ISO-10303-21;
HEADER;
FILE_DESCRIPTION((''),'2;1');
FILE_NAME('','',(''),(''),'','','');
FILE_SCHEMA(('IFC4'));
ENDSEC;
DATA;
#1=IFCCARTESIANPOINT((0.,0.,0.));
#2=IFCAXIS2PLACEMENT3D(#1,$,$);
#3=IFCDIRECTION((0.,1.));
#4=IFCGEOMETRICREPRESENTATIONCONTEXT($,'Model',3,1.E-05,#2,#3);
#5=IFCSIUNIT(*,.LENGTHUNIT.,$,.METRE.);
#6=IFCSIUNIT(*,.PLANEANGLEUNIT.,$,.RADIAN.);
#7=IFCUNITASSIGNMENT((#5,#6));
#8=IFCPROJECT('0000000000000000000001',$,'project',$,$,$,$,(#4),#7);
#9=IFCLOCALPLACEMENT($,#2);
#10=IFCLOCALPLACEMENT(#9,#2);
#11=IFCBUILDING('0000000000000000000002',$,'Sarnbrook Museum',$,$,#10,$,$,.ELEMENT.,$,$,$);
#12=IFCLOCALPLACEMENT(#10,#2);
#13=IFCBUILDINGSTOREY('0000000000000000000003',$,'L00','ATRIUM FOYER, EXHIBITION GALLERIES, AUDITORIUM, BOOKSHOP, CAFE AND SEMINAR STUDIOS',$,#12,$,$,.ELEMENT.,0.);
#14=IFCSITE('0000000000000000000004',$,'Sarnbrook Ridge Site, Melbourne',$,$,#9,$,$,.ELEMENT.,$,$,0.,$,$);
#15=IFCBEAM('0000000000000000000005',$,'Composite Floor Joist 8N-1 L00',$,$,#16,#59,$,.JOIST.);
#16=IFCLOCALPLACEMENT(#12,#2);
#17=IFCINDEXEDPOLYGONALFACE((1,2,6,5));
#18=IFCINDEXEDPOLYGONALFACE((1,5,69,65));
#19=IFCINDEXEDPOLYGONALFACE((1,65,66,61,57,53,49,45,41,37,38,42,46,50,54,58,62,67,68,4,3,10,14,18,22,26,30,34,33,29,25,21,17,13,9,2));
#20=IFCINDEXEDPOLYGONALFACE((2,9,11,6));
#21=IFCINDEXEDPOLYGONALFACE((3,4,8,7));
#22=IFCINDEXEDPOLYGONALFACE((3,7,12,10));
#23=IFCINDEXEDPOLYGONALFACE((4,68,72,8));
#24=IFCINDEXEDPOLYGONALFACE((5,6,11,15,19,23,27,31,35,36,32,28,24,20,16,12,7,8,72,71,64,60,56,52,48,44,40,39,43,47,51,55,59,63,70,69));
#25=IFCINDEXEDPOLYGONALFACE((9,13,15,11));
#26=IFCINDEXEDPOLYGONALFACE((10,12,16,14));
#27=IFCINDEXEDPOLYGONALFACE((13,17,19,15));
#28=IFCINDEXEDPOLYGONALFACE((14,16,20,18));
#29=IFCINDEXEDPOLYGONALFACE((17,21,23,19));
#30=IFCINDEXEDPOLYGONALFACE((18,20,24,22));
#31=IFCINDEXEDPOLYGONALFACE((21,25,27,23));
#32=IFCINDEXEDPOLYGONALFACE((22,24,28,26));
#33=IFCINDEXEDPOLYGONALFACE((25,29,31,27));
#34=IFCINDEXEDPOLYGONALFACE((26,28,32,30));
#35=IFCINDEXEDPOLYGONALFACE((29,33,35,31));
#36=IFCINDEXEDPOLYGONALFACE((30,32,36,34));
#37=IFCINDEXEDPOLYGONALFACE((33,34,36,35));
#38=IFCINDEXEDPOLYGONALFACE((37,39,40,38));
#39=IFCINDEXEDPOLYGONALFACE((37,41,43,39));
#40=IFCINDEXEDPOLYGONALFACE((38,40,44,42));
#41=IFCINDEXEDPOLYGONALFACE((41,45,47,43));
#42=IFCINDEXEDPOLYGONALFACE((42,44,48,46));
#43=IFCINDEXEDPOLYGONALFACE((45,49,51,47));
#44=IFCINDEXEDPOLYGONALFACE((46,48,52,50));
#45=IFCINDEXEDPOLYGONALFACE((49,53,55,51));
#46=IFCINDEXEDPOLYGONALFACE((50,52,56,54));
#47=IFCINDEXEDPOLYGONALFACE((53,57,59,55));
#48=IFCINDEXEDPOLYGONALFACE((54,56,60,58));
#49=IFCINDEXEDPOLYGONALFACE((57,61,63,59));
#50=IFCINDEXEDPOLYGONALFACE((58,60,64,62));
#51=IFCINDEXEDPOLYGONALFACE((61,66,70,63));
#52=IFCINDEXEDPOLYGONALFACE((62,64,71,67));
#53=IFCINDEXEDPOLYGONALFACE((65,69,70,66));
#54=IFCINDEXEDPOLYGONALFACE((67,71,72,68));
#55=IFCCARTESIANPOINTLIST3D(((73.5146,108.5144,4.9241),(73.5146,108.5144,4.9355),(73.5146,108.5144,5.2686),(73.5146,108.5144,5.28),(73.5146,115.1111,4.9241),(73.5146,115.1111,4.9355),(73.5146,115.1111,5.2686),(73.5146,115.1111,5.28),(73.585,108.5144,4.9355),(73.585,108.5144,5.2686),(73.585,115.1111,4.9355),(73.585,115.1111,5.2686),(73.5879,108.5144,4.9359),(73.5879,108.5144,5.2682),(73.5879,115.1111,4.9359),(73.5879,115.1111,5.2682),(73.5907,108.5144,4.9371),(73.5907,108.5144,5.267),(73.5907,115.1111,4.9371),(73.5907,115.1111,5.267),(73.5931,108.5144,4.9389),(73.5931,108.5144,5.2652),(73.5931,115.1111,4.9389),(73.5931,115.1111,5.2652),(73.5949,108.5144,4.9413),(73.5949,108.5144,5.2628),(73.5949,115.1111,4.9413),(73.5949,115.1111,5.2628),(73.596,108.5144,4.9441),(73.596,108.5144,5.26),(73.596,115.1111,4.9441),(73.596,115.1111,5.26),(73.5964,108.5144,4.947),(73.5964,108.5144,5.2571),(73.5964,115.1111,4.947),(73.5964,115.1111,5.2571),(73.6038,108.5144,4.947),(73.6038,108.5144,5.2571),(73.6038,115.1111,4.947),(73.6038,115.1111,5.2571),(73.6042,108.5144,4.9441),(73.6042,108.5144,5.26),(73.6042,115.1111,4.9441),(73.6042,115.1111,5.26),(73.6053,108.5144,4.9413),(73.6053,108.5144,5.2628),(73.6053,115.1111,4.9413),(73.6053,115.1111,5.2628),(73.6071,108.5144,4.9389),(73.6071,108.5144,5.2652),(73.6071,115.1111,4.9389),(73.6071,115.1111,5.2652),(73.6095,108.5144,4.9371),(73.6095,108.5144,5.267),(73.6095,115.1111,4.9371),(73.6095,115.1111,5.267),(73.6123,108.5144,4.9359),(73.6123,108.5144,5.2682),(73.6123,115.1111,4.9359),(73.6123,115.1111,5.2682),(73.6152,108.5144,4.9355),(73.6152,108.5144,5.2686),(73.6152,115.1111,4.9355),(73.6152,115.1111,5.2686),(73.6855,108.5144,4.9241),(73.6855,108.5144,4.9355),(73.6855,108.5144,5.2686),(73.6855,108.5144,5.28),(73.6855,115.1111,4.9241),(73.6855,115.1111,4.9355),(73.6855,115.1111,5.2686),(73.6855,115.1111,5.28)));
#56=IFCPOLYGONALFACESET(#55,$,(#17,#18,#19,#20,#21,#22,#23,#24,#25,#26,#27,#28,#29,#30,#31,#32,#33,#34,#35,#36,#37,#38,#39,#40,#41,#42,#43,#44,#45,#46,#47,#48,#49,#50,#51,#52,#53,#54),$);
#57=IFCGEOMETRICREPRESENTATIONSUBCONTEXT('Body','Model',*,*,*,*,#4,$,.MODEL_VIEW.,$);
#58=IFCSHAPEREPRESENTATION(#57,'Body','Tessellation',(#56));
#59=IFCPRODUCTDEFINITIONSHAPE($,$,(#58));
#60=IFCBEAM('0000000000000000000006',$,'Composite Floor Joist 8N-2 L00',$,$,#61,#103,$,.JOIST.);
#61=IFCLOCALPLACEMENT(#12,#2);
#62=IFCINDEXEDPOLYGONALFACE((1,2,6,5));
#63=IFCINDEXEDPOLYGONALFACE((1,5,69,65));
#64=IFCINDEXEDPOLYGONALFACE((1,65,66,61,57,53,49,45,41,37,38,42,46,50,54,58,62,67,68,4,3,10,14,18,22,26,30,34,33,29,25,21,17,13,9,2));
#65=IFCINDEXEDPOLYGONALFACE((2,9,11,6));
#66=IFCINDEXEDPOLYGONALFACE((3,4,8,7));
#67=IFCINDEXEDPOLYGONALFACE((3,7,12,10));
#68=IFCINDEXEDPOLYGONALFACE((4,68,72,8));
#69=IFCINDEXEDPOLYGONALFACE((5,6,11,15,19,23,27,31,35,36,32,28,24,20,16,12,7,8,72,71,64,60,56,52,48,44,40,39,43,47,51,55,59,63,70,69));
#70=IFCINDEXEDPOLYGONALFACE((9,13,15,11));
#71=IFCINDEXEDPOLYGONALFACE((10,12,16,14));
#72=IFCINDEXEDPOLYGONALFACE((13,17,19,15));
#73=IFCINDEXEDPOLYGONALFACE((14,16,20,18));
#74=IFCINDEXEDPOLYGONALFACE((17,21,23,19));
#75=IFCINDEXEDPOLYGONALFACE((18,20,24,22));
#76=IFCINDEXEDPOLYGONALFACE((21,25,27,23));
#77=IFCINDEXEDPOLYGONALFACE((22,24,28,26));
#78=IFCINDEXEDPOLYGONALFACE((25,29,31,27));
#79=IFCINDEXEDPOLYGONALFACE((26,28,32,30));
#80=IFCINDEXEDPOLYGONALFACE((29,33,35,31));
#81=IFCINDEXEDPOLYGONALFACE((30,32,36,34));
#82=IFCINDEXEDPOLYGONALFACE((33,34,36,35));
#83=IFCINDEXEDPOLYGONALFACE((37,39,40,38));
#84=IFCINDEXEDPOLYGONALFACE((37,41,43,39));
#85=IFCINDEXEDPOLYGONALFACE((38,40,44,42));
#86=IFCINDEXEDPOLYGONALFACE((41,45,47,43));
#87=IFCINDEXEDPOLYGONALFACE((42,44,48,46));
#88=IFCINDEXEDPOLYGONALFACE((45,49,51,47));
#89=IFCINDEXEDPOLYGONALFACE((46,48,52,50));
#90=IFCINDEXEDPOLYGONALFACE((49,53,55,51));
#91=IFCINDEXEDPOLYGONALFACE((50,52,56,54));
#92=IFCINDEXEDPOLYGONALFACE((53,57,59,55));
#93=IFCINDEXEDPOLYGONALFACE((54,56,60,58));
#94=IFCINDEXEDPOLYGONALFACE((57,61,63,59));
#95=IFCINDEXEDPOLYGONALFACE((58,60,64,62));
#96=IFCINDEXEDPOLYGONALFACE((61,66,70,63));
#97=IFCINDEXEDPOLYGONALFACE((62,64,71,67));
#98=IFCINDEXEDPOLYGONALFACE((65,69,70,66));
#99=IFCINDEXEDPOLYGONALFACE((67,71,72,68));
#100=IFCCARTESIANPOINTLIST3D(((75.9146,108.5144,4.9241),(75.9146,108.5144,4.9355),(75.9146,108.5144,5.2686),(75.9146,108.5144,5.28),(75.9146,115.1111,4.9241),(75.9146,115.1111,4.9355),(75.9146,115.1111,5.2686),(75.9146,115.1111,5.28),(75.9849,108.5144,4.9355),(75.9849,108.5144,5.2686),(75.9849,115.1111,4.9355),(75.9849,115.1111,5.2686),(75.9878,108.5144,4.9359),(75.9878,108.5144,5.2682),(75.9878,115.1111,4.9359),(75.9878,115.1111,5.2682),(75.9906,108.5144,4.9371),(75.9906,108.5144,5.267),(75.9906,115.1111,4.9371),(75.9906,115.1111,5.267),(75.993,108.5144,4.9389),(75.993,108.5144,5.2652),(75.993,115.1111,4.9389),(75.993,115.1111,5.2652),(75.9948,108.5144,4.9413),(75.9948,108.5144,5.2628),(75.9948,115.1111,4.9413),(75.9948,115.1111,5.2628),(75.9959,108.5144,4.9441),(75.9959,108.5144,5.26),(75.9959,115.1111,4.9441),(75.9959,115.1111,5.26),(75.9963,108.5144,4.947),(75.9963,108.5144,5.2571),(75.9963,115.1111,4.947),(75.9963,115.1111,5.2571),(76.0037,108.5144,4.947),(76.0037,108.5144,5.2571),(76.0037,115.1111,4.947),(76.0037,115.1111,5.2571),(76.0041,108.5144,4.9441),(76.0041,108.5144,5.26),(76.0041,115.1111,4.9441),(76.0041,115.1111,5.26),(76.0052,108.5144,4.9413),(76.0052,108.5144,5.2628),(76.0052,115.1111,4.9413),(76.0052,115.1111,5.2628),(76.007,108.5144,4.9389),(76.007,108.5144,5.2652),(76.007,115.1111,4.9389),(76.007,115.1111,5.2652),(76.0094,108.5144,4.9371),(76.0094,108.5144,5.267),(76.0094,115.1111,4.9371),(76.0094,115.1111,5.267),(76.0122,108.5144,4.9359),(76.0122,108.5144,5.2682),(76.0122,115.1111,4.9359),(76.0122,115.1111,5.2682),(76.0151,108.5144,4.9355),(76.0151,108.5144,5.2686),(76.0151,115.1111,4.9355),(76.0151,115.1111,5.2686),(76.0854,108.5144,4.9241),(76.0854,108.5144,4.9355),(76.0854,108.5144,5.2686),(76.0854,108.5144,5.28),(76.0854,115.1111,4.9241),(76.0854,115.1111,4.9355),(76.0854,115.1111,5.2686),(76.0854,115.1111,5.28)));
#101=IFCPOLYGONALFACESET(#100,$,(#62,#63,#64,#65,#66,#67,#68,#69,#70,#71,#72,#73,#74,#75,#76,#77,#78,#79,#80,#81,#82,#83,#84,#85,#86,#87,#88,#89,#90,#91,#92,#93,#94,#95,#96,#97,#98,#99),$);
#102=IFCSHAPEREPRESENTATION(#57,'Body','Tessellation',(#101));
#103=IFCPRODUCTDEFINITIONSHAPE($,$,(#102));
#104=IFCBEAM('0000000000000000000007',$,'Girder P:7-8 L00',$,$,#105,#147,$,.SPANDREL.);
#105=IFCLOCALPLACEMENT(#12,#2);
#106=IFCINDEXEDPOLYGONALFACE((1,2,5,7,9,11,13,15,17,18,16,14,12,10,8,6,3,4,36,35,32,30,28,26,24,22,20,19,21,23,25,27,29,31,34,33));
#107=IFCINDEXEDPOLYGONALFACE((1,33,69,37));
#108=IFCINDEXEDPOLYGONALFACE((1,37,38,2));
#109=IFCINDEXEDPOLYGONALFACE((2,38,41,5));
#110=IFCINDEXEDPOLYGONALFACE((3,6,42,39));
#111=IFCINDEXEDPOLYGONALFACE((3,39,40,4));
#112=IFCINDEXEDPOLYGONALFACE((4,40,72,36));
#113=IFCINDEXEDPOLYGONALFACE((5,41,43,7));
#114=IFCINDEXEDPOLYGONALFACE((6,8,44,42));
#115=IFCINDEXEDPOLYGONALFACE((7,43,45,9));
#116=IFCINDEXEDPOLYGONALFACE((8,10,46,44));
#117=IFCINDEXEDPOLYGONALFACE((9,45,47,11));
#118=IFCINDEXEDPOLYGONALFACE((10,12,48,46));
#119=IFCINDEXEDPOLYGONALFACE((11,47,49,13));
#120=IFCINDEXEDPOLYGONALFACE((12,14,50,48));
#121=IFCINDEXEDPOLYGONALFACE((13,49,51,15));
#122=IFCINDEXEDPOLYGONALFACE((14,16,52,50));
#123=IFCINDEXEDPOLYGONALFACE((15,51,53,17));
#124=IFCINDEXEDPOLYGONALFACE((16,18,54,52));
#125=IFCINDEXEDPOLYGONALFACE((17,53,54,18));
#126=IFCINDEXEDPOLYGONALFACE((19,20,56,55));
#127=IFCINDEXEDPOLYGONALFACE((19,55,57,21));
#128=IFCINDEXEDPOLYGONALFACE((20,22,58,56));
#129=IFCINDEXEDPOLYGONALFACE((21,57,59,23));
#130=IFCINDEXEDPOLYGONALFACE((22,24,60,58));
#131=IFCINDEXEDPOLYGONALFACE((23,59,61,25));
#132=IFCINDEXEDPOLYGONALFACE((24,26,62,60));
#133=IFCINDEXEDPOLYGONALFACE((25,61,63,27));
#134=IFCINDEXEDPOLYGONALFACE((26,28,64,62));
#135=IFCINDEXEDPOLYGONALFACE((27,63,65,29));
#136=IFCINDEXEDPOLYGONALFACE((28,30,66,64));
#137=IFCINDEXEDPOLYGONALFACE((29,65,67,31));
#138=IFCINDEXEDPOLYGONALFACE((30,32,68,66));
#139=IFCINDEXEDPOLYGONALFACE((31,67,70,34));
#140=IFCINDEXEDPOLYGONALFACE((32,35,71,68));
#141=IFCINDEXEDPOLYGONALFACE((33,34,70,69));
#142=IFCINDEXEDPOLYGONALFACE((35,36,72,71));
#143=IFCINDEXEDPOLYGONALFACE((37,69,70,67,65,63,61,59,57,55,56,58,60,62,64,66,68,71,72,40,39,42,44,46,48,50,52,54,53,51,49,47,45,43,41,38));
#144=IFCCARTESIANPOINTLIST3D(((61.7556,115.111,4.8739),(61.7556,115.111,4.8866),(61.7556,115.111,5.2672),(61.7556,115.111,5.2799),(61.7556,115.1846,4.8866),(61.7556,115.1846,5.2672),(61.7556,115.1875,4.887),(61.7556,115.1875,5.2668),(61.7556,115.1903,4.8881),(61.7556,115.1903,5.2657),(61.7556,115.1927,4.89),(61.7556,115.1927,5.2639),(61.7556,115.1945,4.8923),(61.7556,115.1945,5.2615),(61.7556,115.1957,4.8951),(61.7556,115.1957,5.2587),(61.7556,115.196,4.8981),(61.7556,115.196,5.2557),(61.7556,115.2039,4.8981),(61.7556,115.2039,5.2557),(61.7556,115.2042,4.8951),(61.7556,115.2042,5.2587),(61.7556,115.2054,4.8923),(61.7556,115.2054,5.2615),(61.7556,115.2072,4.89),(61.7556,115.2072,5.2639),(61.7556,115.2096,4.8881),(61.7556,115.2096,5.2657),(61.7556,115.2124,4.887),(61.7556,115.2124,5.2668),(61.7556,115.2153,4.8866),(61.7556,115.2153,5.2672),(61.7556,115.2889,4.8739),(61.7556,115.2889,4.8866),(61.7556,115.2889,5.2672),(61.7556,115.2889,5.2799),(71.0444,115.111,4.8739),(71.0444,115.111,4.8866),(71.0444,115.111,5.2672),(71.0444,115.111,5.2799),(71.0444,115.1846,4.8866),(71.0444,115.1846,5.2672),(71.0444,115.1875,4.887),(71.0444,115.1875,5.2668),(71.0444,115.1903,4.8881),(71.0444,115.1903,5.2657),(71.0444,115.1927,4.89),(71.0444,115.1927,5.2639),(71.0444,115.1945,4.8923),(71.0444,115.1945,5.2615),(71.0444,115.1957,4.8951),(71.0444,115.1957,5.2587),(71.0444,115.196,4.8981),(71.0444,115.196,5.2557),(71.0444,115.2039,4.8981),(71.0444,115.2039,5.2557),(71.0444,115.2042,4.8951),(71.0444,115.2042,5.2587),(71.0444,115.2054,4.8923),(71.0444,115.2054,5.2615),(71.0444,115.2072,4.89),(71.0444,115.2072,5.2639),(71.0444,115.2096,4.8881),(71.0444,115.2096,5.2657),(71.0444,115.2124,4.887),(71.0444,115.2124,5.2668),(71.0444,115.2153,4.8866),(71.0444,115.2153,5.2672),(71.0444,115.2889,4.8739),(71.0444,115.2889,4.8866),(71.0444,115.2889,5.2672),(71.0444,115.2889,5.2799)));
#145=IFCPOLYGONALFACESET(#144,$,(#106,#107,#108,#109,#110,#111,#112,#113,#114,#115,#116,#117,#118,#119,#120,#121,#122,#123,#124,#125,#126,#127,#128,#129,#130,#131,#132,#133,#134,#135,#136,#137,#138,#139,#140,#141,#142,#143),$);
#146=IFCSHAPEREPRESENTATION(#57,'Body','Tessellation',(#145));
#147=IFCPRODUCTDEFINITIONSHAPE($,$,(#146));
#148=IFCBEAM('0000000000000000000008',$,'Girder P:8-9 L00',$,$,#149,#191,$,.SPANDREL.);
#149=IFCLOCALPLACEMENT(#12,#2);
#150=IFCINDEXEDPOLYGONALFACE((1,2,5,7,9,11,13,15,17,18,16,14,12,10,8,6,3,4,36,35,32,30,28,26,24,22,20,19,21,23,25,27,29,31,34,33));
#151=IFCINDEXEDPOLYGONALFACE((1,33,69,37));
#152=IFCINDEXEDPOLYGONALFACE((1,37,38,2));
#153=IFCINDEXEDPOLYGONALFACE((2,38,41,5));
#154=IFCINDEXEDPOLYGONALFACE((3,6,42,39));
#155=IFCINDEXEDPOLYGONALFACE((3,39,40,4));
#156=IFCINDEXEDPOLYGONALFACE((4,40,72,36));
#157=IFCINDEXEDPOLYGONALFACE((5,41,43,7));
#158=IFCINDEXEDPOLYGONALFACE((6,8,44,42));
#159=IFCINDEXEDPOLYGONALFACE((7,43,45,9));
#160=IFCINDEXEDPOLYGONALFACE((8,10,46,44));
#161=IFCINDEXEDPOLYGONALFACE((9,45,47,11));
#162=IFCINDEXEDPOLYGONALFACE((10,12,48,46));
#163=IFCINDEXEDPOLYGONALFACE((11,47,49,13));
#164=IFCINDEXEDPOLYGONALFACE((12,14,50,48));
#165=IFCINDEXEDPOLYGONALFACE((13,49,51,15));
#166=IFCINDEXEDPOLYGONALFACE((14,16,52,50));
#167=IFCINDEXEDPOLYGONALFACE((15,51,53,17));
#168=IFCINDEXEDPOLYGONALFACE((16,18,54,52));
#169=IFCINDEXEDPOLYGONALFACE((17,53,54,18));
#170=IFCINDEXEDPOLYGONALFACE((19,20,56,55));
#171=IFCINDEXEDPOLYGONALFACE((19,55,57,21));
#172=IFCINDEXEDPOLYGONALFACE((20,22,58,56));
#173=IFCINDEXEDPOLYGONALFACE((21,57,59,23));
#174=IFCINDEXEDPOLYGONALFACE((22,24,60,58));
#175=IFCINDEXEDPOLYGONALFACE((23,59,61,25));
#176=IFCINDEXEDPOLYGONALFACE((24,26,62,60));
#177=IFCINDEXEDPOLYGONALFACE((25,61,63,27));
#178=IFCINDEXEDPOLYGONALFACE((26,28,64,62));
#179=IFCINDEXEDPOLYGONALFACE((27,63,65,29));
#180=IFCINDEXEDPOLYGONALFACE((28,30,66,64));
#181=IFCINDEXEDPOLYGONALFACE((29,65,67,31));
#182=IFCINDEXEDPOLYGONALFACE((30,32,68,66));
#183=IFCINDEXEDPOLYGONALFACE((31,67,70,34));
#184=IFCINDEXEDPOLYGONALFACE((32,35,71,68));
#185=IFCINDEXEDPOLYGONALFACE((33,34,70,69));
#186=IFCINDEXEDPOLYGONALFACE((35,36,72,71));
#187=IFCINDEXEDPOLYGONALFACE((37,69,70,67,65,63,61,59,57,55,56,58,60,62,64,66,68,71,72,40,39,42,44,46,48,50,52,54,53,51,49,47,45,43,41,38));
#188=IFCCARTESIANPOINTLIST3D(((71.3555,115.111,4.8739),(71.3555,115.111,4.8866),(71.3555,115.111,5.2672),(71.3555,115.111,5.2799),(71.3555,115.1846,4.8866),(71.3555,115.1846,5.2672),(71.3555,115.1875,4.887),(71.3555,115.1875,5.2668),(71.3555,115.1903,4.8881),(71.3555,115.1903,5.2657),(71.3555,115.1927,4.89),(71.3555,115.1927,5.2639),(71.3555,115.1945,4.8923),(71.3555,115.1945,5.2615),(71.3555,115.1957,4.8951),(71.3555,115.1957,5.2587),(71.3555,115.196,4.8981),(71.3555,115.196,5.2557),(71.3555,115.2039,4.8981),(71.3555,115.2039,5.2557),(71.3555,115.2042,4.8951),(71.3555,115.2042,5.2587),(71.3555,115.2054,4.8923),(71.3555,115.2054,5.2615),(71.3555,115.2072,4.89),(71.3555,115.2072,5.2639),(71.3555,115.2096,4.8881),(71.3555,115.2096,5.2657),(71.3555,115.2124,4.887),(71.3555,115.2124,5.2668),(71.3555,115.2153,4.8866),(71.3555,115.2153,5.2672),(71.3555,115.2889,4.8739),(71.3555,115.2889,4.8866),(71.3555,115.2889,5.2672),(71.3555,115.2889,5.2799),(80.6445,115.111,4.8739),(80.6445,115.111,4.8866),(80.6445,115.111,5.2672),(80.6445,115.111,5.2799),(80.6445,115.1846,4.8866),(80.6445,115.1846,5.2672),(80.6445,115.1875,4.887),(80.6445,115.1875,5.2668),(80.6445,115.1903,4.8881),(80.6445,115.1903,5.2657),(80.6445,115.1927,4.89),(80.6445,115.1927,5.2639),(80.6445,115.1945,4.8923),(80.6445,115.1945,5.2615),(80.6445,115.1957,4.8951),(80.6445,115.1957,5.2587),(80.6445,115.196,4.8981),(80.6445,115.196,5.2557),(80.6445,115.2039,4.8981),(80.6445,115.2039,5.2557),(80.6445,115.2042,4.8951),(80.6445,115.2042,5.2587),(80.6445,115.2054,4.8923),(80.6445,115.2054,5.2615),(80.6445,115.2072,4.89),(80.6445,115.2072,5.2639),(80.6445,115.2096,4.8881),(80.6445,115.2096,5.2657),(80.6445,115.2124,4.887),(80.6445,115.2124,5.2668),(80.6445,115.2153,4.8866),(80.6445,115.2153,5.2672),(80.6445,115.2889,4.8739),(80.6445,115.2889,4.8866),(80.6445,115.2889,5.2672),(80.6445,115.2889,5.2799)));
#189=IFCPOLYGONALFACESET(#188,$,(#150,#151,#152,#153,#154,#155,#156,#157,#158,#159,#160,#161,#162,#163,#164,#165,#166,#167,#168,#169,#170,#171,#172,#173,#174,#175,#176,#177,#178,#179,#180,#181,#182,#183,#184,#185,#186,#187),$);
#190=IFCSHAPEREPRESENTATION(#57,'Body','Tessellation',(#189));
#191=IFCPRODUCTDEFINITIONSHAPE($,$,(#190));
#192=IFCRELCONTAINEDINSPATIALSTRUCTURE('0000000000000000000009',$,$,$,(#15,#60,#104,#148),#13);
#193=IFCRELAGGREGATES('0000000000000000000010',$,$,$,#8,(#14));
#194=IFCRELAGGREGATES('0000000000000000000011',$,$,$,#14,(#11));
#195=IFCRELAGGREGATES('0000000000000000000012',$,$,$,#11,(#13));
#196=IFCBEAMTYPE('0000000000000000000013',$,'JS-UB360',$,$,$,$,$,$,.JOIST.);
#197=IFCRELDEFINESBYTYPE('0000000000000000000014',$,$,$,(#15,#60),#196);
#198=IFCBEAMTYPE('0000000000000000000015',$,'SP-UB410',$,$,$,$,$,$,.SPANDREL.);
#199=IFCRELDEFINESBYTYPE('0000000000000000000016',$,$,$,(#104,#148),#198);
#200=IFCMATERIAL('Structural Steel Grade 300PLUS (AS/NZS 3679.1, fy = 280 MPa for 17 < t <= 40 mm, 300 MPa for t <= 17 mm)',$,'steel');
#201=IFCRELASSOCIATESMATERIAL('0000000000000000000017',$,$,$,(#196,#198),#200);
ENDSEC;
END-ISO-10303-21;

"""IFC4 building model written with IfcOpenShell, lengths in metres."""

from ifc_helpers import new_model, si_unit, direction, frame, origin, origin_2d, place, context, subcontext, project, spatial, i_section, extrude, material, material_profile, profile_set, type_object, element, save


model = new_model("IFC4")

# Units and contexts
model_context = context("Model", 3, precision=1e-05, world=origin(), true_north=direction((0.0, 1.0)))
body_context = subcontext(model_context, "Body", "Model", "MODEL_VIEW")
ifc_project = project(units=[si_unit("LENGTHUNIT", "METRE"), si_unit("PLANEANGLEUNIT", "RADIAN")], contexts=[model_context])

# Site, building, storey
site_placement = place(None, origin())
site = spatial("IfcSite", under=ifc_project, at=site_placement, Name="Sarnbrook Ridge Site, Melbourne", CompositionType="ELEMENT", RefElevation=0.0)
building_placement = place(site_placement, origin())
building = spatial("IfcBuilding", under=site, at=building_placement, Name="Sarnbrook Museum", CompositionType="ELEMENT")
storey_placement = place(building_placement, origin())
storey = spatial("IfcBuildingStorey", under=building, at=storey_placement, Name="L00", Description="ATRIUM FOYER, EXHIBITION GALLERIES, AUDITORIUM, BOOKSHOP, CAFE AND SEMINAR STUDIOS", CompositionType="ELEMENT", Elevation=0.0)

# Shared definitions
ifc_material_1 = material(Name="Structural Steel Grade 300PLUS (AS/NZS 3679.1, fy = 280 MPa for 17 < t <= 40 mm, 300 MPa for t <= 17 mm)", Category="steel")

# Beams
ifc_material_profile_1 = material_profile(ifc_material_1, i_section(OverallWidth=0.1709, OverallDepth=0.356, WebThickness=0.0073, FlangeThickness=0.0115, FilletRadius=0.0115, at=origin_2d()), Name="360UB50.7")
ifc_profile_set_1 = profile_set([ifc_material_profile_1], Name="Structural Steel Grade 300PLUS (AS/NZS 3679.1, fy = 280 MPa for 17 < t <= 40 mm, 300 MPa for t <= 17 mm)")
beam_type_1 = type_object("IfcBeamType", Name="JS-UB360", PredefinedType="JOIST", material=ifc_profile_set_1)
for number, where, z_axis, x_axis, name in (
    (1, (73.6001, 108.5144, 5.1021), (0.0, 1.0, 0.0), (-1.0, 0.0, 0.0), "Composite Floor Joist 8N-1 L00"),
    (2, (76.0, 108.5144, 5.1021), (0.0, 1.0, 0.0), (-1.0, 0.0, 0.0), "Composite Floor Joist 8N-2 L00"),
):
    element("IfcBeam", number, at=place(storey_placement, frame(where, z_axis=z_axis, x_axis=x_axis)), inside=storey, type_object=beam_type_1, Name=name, PredefinedType="JOIST", context=body_context, shape_type="SweptSolid", body=[
        extrude(i_section(OverallWidth=0.1709, OverallDepth=0.356, WebThickness=0.0073, FlangeThickness=0.0115, FilletRadius=0.0115, at=origin_2d()), origin(), (0.0, 0.0, 1.0), 6.5967),
    ])
ifc_material_profile_2 = material_profile(ifc_material_1, i_section(OverallWidth=0.178, OverallDepth=0.406, WebThickness=0.0078, FlangeThickness=0.0127, FilletRadius=0.0115, at=origin_2d()), Name="410UB59.7")
ifc_profile_set_2 = profile_set([ifc_material_profile_2], Name="Structural Steel Grade 300PLUS (AS/NZS 3679.1, fy = 280 MPa for 17 < t <= 40 mm, 300 MPa for t <= 17 mm)")
beam_type_2 = type_object("IfcBeamType", Name="SP-UB410", PredefinedType="SPANDREL", material=ifc_profile_set_2)
beam_1_placement = place(storey_placement, frame((61.7556, 115.2, 5.0769), z_axis=(1.0, 0.0, 0.0), x_axis=(0.0, 1.0, 0.0)))
element("IfcBeam", 3, at=beam_1_placement, inside=storey, type_object=beam_type_2, Name="Girder P:7-8 L00", PredefinedType="SPANDREL", context=body_context, shape_type="SweptSolid", body=[
    extrude(i_section(OverallWidth=0.178, OverallDepth=0.406, WebThickness=0.0078, FlangeThickness=0.0127, FilletRadius=0.0115, at=origin_2d()), origin(), (0.0, 0.0, 1.0), 9.2888),
])
beam_2_placement = place(storey_placement, frame((71.3555, 115.2, 5.0769), z_axis=(1.0, 0.0, 0.0), x_axis=(0.0, 1.0, 0.0)))
element("IfcBeam", 4, at=beam_2_placement, inside=storey, type_object=beam_type_2, Name="Girder P:8-9 L00", PredefinedType="SPANDREL", context=body_context, shape_type="SweptSolid", body=[
    extrude(i_section(OverallWidth=0.178, OverallDepth=0.406, WebThickness=0.0078, FlangeThickness=0.0127, FilletRadius=0.0115, at=origin_2d()), origin(), (0.0, 0.0, 1.0), 9.2891),
])

save(model, "model.ifc")
